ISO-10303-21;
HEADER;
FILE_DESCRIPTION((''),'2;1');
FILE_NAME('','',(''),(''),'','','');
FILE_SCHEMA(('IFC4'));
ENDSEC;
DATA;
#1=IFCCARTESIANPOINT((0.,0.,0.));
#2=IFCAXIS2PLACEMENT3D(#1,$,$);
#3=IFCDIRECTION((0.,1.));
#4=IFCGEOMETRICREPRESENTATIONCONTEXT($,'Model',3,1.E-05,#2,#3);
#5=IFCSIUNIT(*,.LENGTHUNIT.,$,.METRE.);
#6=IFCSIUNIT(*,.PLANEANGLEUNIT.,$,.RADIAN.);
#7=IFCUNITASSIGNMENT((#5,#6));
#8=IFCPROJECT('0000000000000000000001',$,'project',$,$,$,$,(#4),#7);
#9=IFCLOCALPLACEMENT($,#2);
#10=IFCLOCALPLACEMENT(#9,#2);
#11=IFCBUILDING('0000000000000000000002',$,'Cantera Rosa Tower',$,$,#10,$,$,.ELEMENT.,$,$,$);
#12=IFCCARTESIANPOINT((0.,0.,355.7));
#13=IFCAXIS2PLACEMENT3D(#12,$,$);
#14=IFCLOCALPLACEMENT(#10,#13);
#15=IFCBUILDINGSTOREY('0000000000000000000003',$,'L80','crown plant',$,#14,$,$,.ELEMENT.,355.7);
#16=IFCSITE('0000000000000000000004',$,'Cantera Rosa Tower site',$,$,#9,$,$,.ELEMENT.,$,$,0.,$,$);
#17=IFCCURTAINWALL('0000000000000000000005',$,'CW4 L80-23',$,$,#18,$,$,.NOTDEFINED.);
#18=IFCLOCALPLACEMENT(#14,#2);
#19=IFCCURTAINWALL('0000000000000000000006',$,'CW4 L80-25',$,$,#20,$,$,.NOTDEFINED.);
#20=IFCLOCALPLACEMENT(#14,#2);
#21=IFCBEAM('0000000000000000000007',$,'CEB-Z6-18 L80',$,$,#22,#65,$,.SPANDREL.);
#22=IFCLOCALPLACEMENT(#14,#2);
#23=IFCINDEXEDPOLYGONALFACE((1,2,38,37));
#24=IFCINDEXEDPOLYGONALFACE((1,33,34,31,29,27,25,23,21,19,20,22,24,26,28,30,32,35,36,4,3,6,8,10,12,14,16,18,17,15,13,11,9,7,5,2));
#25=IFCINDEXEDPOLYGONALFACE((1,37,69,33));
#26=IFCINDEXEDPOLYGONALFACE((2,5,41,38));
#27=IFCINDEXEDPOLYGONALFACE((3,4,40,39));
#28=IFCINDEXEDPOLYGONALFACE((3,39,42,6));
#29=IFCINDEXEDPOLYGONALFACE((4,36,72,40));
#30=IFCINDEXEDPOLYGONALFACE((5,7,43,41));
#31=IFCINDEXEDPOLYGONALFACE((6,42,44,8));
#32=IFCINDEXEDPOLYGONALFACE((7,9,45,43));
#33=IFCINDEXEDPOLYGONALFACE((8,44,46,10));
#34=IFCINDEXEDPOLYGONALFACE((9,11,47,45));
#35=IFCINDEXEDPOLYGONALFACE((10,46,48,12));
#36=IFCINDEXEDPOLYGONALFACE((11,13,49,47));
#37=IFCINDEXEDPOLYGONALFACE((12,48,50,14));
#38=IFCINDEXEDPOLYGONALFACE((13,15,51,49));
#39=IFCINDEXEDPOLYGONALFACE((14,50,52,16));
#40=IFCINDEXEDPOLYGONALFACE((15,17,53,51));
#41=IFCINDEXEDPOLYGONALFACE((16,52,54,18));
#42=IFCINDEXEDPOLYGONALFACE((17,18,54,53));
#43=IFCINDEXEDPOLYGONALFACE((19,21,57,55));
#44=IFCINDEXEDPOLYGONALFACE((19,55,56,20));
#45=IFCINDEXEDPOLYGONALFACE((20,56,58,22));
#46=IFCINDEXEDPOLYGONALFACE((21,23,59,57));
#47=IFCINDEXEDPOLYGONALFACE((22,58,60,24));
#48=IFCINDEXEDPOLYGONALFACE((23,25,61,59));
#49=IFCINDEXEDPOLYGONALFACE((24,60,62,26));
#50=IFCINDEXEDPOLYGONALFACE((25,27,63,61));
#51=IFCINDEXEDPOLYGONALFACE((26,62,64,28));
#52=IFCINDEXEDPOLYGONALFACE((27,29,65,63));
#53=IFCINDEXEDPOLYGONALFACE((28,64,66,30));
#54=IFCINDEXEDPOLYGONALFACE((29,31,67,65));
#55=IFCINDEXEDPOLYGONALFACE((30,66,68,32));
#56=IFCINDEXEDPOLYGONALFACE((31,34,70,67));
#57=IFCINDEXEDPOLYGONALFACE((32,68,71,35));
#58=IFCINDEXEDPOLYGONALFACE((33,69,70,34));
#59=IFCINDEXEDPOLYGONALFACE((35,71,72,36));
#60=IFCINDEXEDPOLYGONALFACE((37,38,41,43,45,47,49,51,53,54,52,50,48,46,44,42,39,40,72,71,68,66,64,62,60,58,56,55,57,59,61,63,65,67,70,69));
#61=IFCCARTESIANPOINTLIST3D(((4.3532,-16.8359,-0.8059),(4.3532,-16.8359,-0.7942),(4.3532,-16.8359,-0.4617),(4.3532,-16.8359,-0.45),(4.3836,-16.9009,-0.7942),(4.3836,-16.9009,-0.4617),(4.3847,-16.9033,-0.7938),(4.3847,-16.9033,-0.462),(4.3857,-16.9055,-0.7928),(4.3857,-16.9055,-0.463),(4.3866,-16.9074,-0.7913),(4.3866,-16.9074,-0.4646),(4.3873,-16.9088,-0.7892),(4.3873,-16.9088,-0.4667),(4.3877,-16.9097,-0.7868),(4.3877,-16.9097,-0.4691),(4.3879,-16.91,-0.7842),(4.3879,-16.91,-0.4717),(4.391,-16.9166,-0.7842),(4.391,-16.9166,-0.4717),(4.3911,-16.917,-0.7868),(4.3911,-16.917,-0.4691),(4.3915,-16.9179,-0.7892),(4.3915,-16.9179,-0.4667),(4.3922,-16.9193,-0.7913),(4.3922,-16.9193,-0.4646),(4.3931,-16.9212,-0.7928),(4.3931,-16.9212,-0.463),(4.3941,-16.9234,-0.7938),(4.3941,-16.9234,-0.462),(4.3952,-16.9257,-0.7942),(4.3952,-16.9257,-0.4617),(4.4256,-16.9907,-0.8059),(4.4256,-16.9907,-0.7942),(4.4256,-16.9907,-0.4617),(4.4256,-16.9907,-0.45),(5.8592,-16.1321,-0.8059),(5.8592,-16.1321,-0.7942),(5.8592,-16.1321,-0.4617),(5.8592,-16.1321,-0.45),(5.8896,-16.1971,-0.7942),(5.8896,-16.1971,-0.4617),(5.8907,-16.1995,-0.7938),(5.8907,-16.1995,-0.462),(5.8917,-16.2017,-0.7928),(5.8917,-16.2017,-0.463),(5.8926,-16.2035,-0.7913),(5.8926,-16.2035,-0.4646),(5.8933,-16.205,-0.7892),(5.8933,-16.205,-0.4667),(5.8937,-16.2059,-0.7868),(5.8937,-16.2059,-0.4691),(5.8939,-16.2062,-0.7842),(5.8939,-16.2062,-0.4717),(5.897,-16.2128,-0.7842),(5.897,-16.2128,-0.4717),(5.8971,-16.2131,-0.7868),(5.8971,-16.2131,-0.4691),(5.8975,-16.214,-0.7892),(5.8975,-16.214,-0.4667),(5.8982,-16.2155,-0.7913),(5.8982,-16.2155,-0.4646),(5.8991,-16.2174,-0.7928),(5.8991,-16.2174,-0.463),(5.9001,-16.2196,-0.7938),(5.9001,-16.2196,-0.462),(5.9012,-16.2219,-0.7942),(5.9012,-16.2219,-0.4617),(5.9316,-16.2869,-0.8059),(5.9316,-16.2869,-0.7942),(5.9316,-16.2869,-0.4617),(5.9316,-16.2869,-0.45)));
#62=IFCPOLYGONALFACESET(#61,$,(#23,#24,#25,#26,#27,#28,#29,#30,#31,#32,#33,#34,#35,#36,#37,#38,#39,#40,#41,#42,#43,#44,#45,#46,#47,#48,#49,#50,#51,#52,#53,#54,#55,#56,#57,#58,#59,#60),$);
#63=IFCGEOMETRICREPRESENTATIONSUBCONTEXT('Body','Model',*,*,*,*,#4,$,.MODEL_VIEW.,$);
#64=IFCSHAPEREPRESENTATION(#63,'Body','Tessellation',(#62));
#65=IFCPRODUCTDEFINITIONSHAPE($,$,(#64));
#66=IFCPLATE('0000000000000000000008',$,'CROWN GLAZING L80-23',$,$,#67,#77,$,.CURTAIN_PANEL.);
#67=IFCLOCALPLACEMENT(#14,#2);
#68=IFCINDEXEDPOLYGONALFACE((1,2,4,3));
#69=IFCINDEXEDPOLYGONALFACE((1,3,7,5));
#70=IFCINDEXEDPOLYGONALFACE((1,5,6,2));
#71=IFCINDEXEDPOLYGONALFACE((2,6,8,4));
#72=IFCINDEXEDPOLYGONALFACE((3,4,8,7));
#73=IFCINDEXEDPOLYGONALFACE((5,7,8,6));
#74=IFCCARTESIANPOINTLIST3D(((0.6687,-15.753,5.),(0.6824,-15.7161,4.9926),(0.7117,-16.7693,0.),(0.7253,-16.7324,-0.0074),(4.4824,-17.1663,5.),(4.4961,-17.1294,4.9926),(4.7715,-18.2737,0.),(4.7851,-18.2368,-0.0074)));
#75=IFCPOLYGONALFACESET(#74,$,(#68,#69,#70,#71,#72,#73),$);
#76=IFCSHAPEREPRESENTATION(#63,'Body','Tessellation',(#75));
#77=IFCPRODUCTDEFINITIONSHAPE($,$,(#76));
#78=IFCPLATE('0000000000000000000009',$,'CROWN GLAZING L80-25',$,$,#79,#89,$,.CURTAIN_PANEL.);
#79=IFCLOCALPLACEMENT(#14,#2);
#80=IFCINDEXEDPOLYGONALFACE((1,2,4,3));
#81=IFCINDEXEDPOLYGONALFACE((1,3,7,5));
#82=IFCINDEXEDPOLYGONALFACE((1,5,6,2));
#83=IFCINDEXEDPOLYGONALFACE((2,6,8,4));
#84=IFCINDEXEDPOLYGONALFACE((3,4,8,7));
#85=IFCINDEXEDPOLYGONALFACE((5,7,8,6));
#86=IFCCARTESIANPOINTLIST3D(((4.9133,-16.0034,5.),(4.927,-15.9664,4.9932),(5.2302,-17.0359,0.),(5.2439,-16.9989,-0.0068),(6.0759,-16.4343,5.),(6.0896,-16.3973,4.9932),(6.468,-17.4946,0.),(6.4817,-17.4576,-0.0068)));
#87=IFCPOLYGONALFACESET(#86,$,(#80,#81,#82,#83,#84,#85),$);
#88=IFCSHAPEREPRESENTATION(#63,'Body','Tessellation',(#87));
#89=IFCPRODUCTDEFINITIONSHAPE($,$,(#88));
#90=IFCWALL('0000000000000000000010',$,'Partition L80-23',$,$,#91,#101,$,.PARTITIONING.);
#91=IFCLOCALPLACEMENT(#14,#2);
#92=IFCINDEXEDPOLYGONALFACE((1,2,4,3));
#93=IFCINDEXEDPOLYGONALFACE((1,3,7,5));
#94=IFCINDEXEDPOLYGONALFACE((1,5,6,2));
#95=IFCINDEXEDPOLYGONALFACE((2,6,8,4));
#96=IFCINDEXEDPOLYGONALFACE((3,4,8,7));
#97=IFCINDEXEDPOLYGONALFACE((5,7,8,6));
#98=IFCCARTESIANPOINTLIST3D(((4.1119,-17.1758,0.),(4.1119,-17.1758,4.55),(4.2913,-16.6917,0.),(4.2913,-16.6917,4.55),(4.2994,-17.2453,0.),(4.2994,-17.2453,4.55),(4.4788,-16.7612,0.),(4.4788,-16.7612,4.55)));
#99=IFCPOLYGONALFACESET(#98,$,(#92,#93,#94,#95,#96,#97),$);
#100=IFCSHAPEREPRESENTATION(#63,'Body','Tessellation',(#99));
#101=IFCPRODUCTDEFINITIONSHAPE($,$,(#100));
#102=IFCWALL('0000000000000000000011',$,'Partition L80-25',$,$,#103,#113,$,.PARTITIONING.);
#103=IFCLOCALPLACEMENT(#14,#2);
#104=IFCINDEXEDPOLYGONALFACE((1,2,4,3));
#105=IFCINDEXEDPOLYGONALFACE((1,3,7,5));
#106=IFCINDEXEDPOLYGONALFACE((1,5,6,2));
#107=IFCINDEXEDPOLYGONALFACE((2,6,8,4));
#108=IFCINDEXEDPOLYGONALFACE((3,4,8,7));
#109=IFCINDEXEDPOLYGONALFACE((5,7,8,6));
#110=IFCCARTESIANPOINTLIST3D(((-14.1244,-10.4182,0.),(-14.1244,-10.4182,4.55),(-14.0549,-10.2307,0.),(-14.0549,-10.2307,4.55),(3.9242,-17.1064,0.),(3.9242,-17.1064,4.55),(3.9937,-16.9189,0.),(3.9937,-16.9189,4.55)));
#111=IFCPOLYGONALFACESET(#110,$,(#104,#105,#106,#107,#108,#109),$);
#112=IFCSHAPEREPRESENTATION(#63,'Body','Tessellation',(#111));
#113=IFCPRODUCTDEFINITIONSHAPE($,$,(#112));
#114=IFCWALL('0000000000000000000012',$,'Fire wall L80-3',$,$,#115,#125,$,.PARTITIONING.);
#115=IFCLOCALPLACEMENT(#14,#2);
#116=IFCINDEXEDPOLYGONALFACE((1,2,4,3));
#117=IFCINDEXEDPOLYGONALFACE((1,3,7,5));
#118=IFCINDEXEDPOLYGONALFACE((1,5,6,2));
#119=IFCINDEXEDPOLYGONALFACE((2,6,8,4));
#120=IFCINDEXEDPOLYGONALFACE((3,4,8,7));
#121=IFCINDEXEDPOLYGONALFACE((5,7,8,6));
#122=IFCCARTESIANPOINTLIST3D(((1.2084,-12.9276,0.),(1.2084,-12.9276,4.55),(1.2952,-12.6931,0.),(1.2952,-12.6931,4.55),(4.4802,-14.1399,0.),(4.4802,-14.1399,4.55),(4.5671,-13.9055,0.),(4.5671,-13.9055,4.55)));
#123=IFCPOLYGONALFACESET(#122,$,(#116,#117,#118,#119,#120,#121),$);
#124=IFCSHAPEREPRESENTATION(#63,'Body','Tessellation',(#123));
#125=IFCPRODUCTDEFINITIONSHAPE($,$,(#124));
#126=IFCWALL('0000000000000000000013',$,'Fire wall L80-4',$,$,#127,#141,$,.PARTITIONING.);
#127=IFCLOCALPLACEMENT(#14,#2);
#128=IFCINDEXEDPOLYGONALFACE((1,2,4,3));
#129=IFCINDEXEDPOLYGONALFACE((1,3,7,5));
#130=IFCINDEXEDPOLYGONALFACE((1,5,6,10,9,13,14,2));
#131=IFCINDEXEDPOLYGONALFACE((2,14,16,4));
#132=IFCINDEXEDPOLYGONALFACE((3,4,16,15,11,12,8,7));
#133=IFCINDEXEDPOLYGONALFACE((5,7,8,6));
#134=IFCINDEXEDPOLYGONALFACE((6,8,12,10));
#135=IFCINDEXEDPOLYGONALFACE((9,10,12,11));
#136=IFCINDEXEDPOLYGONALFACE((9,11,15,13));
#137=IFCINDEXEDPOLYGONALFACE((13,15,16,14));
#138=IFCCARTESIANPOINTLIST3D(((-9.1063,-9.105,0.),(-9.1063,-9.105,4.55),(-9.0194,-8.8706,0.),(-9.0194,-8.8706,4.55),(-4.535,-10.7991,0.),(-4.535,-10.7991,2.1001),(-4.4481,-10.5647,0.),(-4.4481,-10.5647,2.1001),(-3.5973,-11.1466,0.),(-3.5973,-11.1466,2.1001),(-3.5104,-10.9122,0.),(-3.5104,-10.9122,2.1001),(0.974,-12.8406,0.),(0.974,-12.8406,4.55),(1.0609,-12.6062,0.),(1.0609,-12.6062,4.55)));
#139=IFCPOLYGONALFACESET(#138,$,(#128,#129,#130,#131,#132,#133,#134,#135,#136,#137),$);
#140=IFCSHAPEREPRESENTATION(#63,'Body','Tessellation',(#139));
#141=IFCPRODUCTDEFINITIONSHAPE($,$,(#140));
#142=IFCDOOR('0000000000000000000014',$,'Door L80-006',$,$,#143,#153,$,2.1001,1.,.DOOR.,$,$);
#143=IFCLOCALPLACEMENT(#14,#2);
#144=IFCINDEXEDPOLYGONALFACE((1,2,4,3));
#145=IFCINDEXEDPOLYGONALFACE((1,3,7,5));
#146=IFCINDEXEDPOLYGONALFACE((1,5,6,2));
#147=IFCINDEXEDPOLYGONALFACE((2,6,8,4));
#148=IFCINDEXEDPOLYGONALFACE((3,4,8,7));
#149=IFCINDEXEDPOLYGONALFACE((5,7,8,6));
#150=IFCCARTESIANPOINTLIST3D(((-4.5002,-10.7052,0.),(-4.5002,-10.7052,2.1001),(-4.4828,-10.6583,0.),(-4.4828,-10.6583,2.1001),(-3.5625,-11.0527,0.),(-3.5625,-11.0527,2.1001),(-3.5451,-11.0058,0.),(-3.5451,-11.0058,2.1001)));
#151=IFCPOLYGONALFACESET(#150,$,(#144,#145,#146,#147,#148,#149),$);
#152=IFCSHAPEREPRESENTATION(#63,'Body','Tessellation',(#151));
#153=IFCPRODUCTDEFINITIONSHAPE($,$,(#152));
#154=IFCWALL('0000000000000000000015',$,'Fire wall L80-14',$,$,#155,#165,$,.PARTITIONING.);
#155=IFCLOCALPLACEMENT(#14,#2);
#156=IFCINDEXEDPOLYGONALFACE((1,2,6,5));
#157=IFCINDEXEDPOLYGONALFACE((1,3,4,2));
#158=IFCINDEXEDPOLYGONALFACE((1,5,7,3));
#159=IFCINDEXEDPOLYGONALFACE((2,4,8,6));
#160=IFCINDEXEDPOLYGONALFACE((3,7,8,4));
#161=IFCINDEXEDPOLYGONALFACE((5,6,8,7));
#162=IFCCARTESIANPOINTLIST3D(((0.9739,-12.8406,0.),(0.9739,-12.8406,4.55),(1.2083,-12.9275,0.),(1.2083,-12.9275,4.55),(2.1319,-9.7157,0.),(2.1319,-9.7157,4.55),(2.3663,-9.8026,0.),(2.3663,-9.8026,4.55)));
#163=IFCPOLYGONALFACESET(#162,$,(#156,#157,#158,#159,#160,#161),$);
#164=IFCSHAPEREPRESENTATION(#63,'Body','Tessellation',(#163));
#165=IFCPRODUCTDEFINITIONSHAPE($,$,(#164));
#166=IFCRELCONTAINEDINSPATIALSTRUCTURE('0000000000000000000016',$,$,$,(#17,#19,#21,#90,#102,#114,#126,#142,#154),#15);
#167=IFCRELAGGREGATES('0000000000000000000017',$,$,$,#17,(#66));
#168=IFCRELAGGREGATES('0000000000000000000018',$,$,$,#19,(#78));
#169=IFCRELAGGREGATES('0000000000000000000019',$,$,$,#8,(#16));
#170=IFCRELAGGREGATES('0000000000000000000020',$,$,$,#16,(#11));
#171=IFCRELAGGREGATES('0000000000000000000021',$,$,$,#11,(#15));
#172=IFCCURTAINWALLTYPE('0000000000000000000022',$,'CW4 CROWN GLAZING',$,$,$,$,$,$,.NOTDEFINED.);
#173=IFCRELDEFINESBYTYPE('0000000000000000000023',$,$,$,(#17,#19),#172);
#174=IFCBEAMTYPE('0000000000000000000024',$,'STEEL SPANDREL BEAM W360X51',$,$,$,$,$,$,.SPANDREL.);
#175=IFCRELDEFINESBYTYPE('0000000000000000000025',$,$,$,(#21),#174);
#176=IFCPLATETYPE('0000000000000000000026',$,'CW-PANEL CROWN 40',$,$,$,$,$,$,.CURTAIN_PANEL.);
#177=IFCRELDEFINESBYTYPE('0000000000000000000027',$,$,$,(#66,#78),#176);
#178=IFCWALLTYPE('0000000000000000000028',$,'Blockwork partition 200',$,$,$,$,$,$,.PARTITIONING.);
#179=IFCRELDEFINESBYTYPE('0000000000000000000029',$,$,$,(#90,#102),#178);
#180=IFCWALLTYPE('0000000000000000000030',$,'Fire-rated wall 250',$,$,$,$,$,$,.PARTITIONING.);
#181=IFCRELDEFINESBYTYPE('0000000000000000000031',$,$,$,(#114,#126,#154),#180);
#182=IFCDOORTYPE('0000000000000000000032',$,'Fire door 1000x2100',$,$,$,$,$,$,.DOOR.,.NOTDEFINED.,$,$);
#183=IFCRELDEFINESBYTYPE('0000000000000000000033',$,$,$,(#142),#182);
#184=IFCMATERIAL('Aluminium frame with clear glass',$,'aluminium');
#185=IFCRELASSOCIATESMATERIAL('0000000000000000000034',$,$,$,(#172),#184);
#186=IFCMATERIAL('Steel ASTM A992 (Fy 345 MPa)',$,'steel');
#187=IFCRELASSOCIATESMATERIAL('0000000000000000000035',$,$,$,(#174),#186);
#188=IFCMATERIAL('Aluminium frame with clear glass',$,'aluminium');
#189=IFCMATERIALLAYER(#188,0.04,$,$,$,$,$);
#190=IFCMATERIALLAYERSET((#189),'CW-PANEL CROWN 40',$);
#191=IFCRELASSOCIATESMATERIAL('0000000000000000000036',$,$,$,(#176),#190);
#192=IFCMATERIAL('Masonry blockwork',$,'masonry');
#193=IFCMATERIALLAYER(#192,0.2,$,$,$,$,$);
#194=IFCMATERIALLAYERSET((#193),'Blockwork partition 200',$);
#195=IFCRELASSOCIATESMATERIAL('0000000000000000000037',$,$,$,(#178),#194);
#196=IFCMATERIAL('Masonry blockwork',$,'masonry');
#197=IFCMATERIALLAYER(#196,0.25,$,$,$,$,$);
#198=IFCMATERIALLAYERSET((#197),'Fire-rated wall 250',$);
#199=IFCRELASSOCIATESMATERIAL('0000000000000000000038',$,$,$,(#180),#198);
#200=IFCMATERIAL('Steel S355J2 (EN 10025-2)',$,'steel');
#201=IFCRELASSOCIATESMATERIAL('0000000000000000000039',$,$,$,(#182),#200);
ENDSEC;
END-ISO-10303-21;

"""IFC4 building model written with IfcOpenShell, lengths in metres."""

from ifc_helpers import new_model, si_unit, direction, frame, frame_2d, origin, origin_2d, place, context, subcontext, project, spatial, polyline, rectangle, i_section, outline, extrude, material, layer, layer_set, material_profile, profile_set, type_object, element, fill, aggregate, save


model = new_model("IFC4")

# Units and contexts
model_context = context("Model", 3, precision=1e-05, world=origin(), true_north=direction((0.0, 1.0)))
body_context = subcontext(model_context, "Body", "Model", "MODEL_VIEW")
ifc_project = project(units=[si_unit("LENGTHUNIT", "METRE"), si_unit("PLANEANGLEUNIT", "RADIAN")], contexts=[model_context])

# Site, building, storey
site_placement = place(None, origin())
site = spatial("IfcSite", under=ifc_project, at=site_placement, Name="Cantera Rosa Tower site", CompositionType="ELEMENT", RefElevation=0.0)
building_placement = place(site_placement, origin())
building = spatial("IfcBuilding", under=site, at=building_placement, Name="Cantera Rosa Tower", CompositionType="ELEMENT")
storey_placement = place(building_placement, frame((0.0, 0.0, 355.7)))
storey = spatial("IfcBuildingStorey", under=building, at=storey_placement, Name="L80", Description="crown plant", CompositionType="ELEMENT", Elevation=355.7)

# Curtain walls
ifc_material_1 = material(Name="Aluminium frame with clear glass", Category="aluminium")
curtain_wall_type = type_object("IfcCurtainWallType", Name="CW4 CROWN GLAZING", PredefinedType="NOTDEFINED", material=ifc_material_1)
curtain_wall_1_placement = place(storey_placement, origin())
curtain_wall_1 = element("IfcCurtainWall", 1, at=curtain_wall_1_placement, inside=storey, type_object=curtain_wall_type, Name="CW4 L80-23", PredefinedType="NOTDEFINED")
curtain_wall_2_placement = place(storey_placement, origin())
curtain_wall_2 = element("IfcCurtainWall", 2, at=curtain_wall_2_placement, inside=storey, type_object=curtain_wall_type, Name="CW4 L80-25", PredefinedType="NOTDEFINED")

# Beam
ifc_material_2 = material(Name="Steel ASTM A992 (Fy 345 MPa)", Category="steel")
ifc_material_profile_1 = material_profile(ifc_material_2, i_section(OverallWidth=0.1709, OverallDepth=0.356, WebThickness=0.0073, FlangeThickness=0.0117, FilletRadius=0.01, at=origin_2d()), Name="W360X51")
ifc_profile_set_1 = profile_set([ifc_material_profile_1], Name="Steel ASTM A992 (Fy 345 MPa)")
beam_type = type_object("IfcBeamType", Name="STEEL SPANDREL BEAM W360X51", PredefinedType="SPANDREL", material=ifc_profile_set_1)
beam_1_placement = place(storey_placement, frame((4.3894, -16.9133, -0.6279), z_axis=(0.90595, 0.423384, 0.0), x_axis=(-0.423384, 0.90595, 0.0)))
element("IfcBeam", 3, at=beam_1_placement, inside=storey, type_object=beam_type, Name="CEB-Z6-18 L80", PredefinedType="SPANDREL", context=body_context, shape_type="SweptSolid", body=[
    extrude(i_section(OverallWidth=0.1709, OverallDepth=0.356, WebThickness=0.0073, FlangeThickness=0.0117, FilletRadius=0.01, at=origin_2d()), origin(), (0.0, 0.0, 1.0), 1.6624),
])

# Plates
ifc_material_3 = material(Name="Aluminium frame with clear glass", Category="aluminium")
ifc_layer_1 = layer(ifc_material_3, 0.04)
ifc_layer_set_1 = layer_set([ifc_layer_1], Name="CW-PANEL CROWN 40")
plate_type = type_object("IfcPlateType", Name="CW-PANEL CROWN 40", PredefinedType="CURTAIN_PANEL", material=ifc_layer_set_1)
plate_1_placement = place(storey_placement, frame((0.7117, -16.7693, 0.0), z_axis=(-0.341524, -0.921608, 0.18439), x_axis=(0.937687, -0.347482, 0.000003)))
plate_1 = element("IfcPlate", 4, at=plate_1_placement, type_object=plate_type, Name="CROWN GLAZING L80-23", PredefinedType="CURTAIN_PANEL", context=body_context, shape_type="SweptSolid", body=[
    extrude(outline(polyline([(0.0, 0.0), (4.3296, 0.0), (3.6737, 5.0872), (-0.3934, 5.0872), (0.0, 0.0)])), origin(), (0.0, 0.0, -1.0), 0.04),
])
plate_2_placement = place(storey_placement, frame((5.2302, -17.0359, 0.0), z_axis=(-0.342519, -0.924163, 0.169122), x_axis=(0.937671, -0.347525, 0.000002)))
plate_2 = element("IfcPlate", 5, at=plate_2_placement, type_object=plate_type, Name="CROWN GLAZING L80-25", PredefinedType="CURTAIN_PANEL", context=body_context, shape_type="SweptSolid", body=[
    extrude(outline(polyline([(0.0, 0.0), (1.3201, 0.0), (0.5839, 5.0731), (-0.6559, 5.0731), (0.0, 0.0)])), origin(), (0.0, 0.0, -1.0), 0.04),
])

# Walls
ifc_material_4 = material(Name="Masonry blockwork", Category="masonry")
ifc_layer_2 = layer(ifc_material_4, 0.2)
ifc_layer_set_2 = layer_set([ifc_layer_2], Name="Blockwork partition 200")
wall_type_1 = type_object("IfcWallType", Name="Blockwork partition 200", PredefinedType="PARTITIONING", material=ifc_layer_set_2)
wall_1_placement = place(storey_placement, frame((4.2056, -17.2107, 0.0), z_axis=(0.0, 0.0, 1.0), x_axis=(0.347545, 0.937663, 0.0)))
element("IfcWall", 6, at=wall_1_placement, inside=storey, type_object=wall_type_1, Name="Partition L80-23", PredefinedType="PARTITIONING", context=body_context, shape_type="SweptSolid", body=[
    extrude(rectangle(XDim=0.5164, YDim=0.2, at=frame_2d((0.2583, 0.0))), origin(), (0.0, 0.0, 1.0), 4.55),
])
wall_2_placement = place(storey_placement, frame((3.959, -17.0127, 0.0), z_axis=(0.0, 0.0, 1.0), x_axis=(-0.937688, 0.347478, 0.0)))
element("IfcWall", 7, at=wall_2_placement, inside=storey, type_object=wall_type_1, Name="Partition L80-25", PredefinedType="PARTITIONING", context=body_context, shape_type="SweptSolid", body=[
    extrude(rectangle(XDim=19.248, YDim=0.2, at=frame_2d((9.624, 0.0))), origin(), (0.0, 0.0, 1.0), 4.55),
])
ifc_material_5 = material(Name="Masonry blockwork", Category="masonry")
ifc_layer_3 = layer(ifc_material_5, 0.25)
ifc_layer_set_3 = layer_set([ifc_layer_3], Name="Fire-rated wall 250")
wall_type_2 = type_object("IfcWallType", Name="Fire-rated wall 250", PredefinedType="PARTITIONING", material=ifc_layer_set_3)
wall_3_placement = place(storey_placement, frame((4.5237, -14.0227, 0.0), z_axis=(0.0, 0.0, 1.0), x_axis=(-0.937696, 0.347456, 0.0)))
element("IfcWall", 8, at=wall_3_placement, inside=storey, type_object=wall_type_2, Name="Fire wall L80-3", PredefinedType="PARTITIONING", context=body_context, shape_type="SweptSolid", body=[
    extrude(rectangle(XDim=3.4893, YDim=0.25, at=frame_2d((1.7446, 0.0))), origin(), (0.0, 0.0, 1.0), 4.55),
])

# Wall, opening, door
wall_4_placement = place(storey_placement, frame((1.0173, -12.7234, 0.0), z_axis=(0.0, 0.0, 1.0), x_axis=(-0.937684, 0.34749, 0.0)))
wall_4 = element("IfcWall", 9, at=wall_4_placement, inside=storey, type_object=wall_type_2, Name="Fire wall L80-4", PredefinedType="PARTITIONING", context=body_context, shape_type="SweptSolid", body=[
    extrude(rectangle(XDim=10.7502, YDim=0.25, at=frame_2d((5.375, 0.0))), origin(), (0.0, 0.0, 1.0), 4.55),
])
opening_1_placement = place(wall_4_placement, frame((4.875, 0.0, 0.0)))
opening_1 = element("IfcOpeningElement", 10, at=opening_1_placement, cuts=wall_4, PredefinedType="OPENING", context=body_context, shape_type="SweptSolid", body=[
    extrude(rectangle(XDim=1.0, YDim=2.1001, at=frame_2d((0.5, 1.05))), frame((0.0, 0.135, 0.0), z_axis=(0.0, -1.0, 0.0), x_axis=(1.0, 0.0, 0.0)), (0.0, 0.0, 1.0), 0.27),
])
ifc_material_6 = material(Name="Steel S355J2 (EN 10025-2)", Category="steel")
door_type = type_object("IfcDoorType", Name="Fire door 1000x2100", OperationType="NOTDEFINED", PredefinedType="DOOR", material=ifc_material_6)
door_1_placement = place(opening_1_placement, origin())
door_1 = element("IfcDoor", 11, at=door_1_placement, inside=storey, type_object=door_type, Name="Door L80-006", OverallHeight=2.1001, OverallWidth=1.0, PredefinedType="DOOR", context=body_context, shape_type="SweptSolid", body=[
    extrude(rectangle(XDim=1.0, YDim=2.1001, at=frame_2d((0.5, 1.05))), frame((0.0, 0.0249, 0.0), z_axis=(0.0, -1.0, 0.0), x_axis=(1.0, 0.0, 0.0)), (0.0, 0.0, 1.0), 0.05),
])
fill(opening_1, door_1)

# Wall
wall_5_placement = place(storey_placement, frame((1.0911, -12.884, 0.0), z_axis=(0.0, 0.0, 1.0), x_axis=(0.347484, 0.937686, 0.0)))
element("IfcWall", 12, at=wall_5_placement, inside=storey, type_object=wall_type_2, Name="Fire wall L80-14", PredefinedType="PARTITIONING", context=body_context, shape_type="SweptSolid", body=[
    extrude(rectangle(XDim=3.3325, YDim=0.25, at=frame_2d((1.6663, 0.0))), origin(), (0.0, 0.0, 1.0), 4.55),
])

aggregate(curtain_wall_1, [plate_1])
aggregate(curtain_wall_2, [plate_2])

save(model, "model.ifc")
